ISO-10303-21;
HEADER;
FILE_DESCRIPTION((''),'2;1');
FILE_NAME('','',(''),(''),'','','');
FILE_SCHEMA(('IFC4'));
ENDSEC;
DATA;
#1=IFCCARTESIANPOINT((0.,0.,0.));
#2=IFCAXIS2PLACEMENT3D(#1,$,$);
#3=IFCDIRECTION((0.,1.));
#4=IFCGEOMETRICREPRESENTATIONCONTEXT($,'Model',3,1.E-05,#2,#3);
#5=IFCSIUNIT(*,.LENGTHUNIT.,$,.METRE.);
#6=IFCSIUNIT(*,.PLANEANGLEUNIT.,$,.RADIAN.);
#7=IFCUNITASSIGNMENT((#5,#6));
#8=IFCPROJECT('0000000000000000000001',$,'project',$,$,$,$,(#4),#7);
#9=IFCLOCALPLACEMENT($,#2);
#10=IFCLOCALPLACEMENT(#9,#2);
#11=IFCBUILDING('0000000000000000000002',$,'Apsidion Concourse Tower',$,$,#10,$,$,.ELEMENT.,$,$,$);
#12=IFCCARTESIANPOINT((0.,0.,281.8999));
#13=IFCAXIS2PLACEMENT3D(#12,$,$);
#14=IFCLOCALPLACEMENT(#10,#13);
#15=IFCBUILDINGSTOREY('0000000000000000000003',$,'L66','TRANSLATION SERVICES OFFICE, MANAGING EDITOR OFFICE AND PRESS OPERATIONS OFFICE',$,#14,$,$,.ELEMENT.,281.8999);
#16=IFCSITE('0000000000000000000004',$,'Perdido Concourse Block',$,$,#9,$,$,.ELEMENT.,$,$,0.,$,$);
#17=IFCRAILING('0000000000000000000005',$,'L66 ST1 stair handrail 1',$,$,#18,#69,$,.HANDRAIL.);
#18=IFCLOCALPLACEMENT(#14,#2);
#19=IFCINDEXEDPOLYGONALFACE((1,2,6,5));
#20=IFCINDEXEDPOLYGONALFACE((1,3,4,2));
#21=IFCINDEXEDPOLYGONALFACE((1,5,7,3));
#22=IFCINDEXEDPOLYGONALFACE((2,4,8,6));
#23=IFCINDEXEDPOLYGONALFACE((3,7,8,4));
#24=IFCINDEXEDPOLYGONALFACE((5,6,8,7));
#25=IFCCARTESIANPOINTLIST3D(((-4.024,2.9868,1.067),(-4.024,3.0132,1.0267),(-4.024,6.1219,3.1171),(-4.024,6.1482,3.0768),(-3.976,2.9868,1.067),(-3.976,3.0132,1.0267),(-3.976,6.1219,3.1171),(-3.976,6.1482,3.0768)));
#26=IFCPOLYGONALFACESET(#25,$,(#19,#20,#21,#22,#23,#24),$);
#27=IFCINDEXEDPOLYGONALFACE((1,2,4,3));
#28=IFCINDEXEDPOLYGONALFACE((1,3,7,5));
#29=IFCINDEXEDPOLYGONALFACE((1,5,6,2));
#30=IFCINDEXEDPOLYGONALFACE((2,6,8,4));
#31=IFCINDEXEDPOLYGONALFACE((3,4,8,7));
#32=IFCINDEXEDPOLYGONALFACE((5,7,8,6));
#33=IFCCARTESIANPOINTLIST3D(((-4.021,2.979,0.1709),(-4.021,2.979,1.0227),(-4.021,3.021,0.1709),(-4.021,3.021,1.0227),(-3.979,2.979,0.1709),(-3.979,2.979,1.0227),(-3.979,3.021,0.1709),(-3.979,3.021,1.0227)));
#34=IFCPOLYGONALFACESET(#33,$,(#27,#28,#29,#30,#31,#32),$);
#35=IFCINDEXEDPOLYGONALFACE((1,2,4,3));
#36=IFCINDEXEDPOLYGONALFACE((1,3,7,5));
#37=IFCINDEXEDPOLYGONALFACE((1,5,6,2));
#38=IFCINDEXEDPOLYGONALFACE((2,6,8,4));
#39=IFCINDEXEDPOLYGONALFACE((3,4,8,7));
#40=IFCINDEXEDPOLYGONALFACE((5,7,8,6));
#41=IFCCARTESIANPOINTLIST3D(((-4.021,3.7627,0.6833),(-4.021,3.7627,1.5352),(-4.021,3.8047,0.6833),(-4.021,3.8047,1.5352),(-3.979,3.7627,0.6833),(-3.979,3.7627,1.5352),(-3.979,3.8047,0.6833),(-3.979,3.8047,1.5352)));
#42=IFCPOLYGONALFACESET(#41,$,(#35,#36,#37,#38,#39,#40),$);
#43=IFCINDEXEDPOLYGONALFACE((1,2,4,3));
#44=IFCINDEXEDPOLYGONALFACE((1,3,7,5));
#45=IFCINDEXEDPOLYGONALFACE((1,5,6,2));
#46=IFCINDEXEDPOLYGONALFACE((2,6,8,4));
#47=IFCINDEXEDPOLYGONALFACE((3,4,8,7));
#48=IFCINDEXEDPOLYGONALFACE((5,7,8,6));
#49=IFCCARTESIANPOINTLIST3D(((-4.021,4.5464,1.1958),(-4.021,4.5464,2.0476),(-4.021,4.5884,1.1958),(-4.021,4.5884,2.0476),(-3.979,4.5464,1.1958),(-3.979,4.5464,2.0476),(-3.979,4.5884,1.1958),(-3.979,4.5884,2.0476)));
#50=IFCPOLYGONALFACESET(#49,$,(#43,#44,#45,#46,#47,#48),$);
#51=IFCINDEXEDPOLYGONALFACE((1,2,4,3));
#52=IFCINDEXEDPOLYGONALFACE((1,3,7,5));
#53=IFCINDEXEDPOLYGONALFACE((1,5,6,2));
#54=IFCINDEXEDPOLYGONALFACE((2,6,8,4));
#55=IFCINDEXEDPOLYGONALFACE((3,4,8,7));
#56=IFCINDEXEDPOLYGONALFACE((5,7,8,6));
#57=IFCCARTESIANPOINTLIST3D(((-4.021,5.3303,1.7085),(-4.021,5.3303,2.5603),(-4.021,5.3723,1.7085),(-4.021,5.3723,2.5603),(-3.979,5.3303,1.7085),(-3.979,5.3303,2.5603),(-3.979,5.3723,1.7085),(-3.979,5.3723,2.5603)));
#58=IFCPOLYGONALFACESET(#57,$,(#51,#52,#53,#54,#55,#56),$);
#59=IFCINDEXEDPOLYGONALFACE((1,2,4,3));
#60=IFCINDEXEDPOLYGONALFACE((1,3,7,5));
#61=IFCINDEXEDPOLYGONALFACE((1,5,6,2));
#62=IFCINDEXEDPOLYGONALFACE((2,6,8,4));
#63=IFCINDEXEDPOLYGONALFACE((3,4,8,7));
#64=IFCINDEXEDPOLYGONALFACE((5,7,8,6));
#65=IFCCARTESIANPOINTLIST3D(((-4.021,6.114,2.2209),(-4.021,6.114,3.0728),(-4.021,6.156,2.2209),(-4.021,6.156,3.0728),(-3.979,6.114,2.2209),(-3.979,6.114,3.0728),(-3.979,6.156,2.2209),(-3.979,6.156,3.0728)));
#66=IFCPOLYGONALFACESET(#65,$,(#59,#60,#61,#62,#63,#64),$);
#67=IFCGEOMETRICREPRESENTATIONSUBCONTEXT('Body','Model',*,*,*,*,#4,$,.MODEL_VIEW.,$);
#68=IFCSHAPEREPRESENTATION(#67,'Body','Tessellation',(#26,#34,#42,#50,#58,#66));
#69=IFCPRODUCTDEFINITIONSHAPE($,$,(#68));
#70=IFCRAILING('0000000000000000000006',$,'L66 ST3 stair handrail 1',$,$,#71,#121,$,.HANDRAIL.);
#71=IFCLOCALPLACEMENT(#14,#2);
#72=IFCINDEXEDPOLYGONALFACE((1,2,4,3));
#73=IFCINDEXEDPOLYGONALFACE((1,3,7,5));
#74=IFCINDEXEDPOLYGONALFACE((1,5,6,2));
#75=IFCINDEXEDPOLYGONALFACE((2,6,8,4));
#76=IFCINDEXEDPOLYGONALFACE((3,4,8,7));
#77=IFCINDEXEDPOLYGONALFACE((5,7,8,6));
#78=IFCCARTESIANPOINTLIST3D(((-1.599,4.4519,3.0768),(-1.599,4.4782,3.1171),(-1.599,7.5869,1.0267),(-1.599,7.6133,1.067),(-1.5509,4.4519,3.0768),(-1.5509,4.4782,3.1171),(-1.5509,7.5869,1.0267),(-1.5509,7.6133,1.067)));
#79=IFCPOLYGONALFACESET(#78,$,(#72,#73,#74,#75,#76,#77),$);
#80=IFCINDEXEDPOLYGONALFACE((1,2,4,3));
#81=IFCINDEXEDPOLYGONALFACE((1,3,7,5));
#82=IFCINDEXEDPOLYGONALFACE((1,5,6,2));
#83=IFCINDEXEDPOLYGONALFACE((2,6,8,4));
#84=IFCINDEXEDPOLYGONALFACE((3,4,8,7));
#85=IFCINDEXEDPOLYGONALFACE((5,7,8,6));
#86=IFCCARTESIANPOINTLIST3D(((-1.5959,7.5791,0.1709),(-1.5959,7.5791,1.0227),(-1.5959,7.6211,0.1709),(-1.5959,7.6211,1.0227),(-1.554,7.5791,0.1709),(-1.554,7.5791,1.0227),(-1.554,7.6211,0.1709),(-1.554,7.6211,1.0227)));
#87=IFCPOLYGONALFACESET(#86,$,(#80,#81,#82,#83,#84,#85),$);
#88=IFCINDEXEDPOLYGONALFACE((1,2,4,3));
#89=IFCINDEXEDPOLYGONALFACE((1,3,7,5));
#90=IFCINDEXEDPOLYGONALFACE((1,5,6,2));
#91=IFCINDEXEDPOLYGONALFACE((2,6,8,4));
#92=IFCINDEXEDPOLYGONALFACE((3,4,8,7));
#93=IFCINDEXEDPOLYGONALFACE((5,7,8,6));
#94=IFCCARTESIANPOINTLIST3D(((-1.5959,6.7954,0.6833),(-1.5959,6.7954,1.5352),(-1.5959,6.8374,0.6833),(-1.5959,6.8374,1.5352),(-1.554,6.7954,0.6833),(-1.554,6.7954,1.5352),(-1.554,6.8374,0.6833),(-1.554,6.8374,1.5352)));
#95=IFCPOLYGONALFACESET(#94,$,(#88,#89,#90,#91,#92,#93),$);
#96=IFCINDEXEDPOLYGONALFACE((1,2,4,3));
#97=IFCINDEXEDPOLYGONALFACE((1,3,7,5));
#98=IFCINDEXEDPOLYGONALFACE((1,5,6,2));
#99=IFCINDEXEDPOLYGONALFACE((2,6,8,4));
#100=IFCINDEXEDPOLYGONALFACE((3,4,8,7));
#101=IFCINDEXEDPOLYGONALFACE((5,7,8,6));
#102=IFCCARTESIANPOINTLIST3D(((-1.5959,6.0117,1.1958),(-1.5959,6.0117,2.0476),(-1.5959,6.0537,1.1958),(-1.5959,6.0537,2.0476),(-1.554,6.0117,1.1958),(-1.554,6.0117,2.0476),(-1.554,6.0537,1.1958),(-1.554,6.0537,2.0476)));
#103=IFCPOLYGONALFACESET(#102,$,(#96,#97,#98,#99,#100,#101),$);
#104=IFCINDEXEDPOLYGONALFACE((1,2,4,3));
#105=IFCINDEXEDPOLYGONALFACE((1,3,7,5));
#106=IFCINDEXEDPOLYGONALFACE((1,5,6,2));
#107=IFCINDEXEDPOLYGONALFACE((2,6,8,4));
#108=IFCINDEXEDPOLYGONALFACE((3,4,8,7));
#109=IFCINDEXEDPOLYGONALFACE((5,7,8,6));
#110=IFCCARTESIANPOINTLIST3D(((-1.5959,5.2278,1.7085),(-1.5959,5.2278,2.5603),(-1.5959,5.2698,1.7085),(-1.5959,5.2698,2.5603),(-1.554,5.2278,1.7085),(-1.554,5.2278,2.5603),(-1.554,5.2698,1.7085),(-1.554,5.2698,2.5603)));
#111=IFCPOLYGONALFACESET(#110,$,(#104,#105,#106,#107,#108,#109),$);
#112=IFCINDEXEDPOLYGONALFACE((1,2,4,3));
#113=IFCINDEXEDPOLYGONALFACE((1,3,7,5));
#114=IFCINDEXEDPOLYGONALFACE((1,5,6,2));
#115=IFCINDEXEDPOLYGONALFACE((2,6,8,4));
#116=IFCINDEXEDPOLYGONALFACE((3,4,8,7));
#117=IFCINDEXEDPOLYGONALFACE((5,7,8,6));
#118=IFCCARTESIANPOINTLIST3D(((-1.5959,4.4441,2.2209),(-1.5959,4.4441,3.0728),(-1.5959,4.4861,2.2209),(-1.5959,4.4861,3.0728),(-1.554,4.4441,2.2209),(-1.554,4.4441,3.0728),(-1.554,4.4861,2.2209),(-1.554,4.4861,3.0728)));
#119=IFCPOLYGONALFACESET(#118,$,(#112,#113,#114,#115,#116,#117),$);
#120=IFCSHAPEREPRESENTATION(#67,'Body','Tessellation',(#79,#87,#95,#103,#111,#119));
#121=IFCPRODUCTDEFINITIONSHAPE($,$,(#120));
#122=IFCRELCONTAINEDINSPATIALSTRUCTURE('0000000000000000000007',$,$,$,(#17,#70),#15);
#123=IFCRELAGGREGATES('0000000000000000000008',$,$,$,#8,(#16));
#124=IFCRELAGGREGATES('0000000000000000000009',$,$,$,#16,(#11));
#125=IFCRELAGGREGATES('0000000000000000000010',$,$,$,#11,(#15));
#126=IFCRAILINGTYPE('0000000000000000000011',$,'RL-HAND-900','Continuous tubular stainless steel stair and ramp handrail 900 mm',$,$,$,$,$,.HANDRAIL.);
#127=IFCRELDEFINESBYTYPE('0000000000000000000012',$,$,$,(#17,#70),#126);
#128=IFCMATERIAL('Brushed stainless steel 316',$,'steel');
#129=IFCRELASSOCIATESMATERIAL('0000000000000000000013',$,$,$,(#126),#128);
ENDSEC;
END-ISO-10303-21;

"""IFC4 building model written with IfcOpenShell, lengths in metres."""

from ifc_helpers import new_model, si_unit, direction, frame, origin, origin_2d, place, context, subcontext, project, spatial, rectangle, extrude, material, type_object, element, save


model = new_model("IFC4")

# Units and contexts
model_context = context("Model", 3, precision=1e-05, world=origin(), true_north=direction((0.0, 1.0)))
body_context = subcontext(model_context, "Body", "Model", "MODEL_VIEW")
ifc_project = project(units=[si_unit("LENGTHUNIT", "METRE"), si_unit("PLANEANGLEUNIT", "RADIAN")], contexts=[model_context])

# Site, building, storey
site_placement = place(None, origin())
site = spatial("IfcSite", under=ifc_project, at=site_placement, Name="Perdido Concourse Block", CompositionType="ELEMENT", RefElevation=0.0)
building_placement = place(site_placement, origin())
building = spatial("IfcBuilding", under=site, at=building_placement, Name="Apsidion Concourse Tower", CompositionType="ELEMENT")
storey_placement = place(building_placement, frame((0.0, 0.0, 281.8999)))
storey = spatial("IfcBuildingStorey", under=building, at=storey_placement, Name="L66", Description="TRANSLATION SERVICES OFFICE, MANAGING EDITOR OFFICE AND PRESS OPERATIONS OFFICE", CompositionType="ELEMENT", Elevation=281.8999)

# Shared definitions
ifc_material_1 = material(Name="Brushed stainless steel 316", Category="steel")

# Railings
railing_type_1 = type_object("IfcRailingType", Name="RL-HAND-900", Description="Continuous tubular stainless steel stair and ramp handrail 900 mm", PredefinedType="HANDRAIL", material=ifc_material_1)
railing_1_placement = place(storey_placement, frame((-4.0, 3.0, 0.1709)))
element("IfcRailing", 1, at=railing_1_placement, inside=storey, type_object=railing_type_1, Name="L66 ST1 stair handrail 1", PredefinedType="HANDRAIL", context=body_context, shape_type="SweptSolid", body=[
    extrude(rectangle(XDim=0.0481, YDim=0.0481, at=origin_2d()), frame((0.0, 0.0, 0.876), z_axis=(0.0, 0.836941, 0.547293), x_axis=(-1.0, 0.0, 0.0)), (0.0, 0.0, 1.0), 3.7458),
    extrude(rectangle(XDim=0.042, YDim=0.042, at=origin_2d()), origin(), (0.0, 0.0, 1.0), 0.8518),
    extrude(rectangle(XDim=0.042, YDim=0.042, at=origin_2d()), frame((0.0, 0.7837, 0.5125)), (0.0, 0.0, 1.0), 0.8518),
    extrude(rectangle(XDim=0.042, YDim=0.042, at=origin_2d()), frame((0.0, 1.5674, 1.0249)), (0.0, 0.0, 1.0), 0.8518),
    extrude(rectangle(XDim=0.042, YDim=0.042, at=origin_2d()), frame((0.0, 2.3513, 1.5376)), (0.0, 0.0, 1.0), 0.8518),
    extrude(rectangle(XDim=0.042, YDim=0.042, at=origin_2d()), frame((0.0, 3.135, 2.05)), (0.0, 0.0, 1.0), 0.8518),
])
railing_2_placement = place(storey_placement, frame((-1.575, 7.6001, 0.1709)))
element("IfcRailing", 2, at=railing_2_placement, inside=storey, type_object=railing_type_1, Name="L66 ST3 stair handrail 1", PredefinedType="HANDRAIL", context=body_context, shape_type="SweptSolid", body=[
    extrude(rectangle(XDim=0.0481, YDim=0.0481, at=origin_2d()), frame((0.0, 0.0, 0.876), z_axis=(0.0, -0.836941, 0.547293), x_axis=(1.0, 0.0, 0.0)), (0.0, 0.0, 1.0), 3.7458),
    extrude(rectangle(XDim=0.042, YDim=0.042, at=origin_2d()), origin(), (0.0, 0.0, 1.0), 0.8518),
    extrude(rectangle(XDim=0.042, YDim=0.042, at=origin_2d()), frame((0.0, -0.7837, 0.5125)), (0.0, 0.0, 1.0), 0.8518),
    extrude(rectangle(XDim=0.042, YDim=0.042, at=origin_2d()), frame((0.0, -1.5674, 1.0249)), (0.0, 0.0, 1.0), 0.8518),
    extrude(rectangle(XDim=0.042, YDim=0.042, at=origin_2d()), frame((0.0, -2.3513, 1.5376)), (0.0, 0.0, 1.0), 0.8518),
    extrude(rectangle(XDim=0.042, YDim=0.042, at=origin_2d()), frame((0.0, -3.135, 2.05)), (0.0, 0.0, 1.0), 0.8518),
])

save(model, "model.ifc")
